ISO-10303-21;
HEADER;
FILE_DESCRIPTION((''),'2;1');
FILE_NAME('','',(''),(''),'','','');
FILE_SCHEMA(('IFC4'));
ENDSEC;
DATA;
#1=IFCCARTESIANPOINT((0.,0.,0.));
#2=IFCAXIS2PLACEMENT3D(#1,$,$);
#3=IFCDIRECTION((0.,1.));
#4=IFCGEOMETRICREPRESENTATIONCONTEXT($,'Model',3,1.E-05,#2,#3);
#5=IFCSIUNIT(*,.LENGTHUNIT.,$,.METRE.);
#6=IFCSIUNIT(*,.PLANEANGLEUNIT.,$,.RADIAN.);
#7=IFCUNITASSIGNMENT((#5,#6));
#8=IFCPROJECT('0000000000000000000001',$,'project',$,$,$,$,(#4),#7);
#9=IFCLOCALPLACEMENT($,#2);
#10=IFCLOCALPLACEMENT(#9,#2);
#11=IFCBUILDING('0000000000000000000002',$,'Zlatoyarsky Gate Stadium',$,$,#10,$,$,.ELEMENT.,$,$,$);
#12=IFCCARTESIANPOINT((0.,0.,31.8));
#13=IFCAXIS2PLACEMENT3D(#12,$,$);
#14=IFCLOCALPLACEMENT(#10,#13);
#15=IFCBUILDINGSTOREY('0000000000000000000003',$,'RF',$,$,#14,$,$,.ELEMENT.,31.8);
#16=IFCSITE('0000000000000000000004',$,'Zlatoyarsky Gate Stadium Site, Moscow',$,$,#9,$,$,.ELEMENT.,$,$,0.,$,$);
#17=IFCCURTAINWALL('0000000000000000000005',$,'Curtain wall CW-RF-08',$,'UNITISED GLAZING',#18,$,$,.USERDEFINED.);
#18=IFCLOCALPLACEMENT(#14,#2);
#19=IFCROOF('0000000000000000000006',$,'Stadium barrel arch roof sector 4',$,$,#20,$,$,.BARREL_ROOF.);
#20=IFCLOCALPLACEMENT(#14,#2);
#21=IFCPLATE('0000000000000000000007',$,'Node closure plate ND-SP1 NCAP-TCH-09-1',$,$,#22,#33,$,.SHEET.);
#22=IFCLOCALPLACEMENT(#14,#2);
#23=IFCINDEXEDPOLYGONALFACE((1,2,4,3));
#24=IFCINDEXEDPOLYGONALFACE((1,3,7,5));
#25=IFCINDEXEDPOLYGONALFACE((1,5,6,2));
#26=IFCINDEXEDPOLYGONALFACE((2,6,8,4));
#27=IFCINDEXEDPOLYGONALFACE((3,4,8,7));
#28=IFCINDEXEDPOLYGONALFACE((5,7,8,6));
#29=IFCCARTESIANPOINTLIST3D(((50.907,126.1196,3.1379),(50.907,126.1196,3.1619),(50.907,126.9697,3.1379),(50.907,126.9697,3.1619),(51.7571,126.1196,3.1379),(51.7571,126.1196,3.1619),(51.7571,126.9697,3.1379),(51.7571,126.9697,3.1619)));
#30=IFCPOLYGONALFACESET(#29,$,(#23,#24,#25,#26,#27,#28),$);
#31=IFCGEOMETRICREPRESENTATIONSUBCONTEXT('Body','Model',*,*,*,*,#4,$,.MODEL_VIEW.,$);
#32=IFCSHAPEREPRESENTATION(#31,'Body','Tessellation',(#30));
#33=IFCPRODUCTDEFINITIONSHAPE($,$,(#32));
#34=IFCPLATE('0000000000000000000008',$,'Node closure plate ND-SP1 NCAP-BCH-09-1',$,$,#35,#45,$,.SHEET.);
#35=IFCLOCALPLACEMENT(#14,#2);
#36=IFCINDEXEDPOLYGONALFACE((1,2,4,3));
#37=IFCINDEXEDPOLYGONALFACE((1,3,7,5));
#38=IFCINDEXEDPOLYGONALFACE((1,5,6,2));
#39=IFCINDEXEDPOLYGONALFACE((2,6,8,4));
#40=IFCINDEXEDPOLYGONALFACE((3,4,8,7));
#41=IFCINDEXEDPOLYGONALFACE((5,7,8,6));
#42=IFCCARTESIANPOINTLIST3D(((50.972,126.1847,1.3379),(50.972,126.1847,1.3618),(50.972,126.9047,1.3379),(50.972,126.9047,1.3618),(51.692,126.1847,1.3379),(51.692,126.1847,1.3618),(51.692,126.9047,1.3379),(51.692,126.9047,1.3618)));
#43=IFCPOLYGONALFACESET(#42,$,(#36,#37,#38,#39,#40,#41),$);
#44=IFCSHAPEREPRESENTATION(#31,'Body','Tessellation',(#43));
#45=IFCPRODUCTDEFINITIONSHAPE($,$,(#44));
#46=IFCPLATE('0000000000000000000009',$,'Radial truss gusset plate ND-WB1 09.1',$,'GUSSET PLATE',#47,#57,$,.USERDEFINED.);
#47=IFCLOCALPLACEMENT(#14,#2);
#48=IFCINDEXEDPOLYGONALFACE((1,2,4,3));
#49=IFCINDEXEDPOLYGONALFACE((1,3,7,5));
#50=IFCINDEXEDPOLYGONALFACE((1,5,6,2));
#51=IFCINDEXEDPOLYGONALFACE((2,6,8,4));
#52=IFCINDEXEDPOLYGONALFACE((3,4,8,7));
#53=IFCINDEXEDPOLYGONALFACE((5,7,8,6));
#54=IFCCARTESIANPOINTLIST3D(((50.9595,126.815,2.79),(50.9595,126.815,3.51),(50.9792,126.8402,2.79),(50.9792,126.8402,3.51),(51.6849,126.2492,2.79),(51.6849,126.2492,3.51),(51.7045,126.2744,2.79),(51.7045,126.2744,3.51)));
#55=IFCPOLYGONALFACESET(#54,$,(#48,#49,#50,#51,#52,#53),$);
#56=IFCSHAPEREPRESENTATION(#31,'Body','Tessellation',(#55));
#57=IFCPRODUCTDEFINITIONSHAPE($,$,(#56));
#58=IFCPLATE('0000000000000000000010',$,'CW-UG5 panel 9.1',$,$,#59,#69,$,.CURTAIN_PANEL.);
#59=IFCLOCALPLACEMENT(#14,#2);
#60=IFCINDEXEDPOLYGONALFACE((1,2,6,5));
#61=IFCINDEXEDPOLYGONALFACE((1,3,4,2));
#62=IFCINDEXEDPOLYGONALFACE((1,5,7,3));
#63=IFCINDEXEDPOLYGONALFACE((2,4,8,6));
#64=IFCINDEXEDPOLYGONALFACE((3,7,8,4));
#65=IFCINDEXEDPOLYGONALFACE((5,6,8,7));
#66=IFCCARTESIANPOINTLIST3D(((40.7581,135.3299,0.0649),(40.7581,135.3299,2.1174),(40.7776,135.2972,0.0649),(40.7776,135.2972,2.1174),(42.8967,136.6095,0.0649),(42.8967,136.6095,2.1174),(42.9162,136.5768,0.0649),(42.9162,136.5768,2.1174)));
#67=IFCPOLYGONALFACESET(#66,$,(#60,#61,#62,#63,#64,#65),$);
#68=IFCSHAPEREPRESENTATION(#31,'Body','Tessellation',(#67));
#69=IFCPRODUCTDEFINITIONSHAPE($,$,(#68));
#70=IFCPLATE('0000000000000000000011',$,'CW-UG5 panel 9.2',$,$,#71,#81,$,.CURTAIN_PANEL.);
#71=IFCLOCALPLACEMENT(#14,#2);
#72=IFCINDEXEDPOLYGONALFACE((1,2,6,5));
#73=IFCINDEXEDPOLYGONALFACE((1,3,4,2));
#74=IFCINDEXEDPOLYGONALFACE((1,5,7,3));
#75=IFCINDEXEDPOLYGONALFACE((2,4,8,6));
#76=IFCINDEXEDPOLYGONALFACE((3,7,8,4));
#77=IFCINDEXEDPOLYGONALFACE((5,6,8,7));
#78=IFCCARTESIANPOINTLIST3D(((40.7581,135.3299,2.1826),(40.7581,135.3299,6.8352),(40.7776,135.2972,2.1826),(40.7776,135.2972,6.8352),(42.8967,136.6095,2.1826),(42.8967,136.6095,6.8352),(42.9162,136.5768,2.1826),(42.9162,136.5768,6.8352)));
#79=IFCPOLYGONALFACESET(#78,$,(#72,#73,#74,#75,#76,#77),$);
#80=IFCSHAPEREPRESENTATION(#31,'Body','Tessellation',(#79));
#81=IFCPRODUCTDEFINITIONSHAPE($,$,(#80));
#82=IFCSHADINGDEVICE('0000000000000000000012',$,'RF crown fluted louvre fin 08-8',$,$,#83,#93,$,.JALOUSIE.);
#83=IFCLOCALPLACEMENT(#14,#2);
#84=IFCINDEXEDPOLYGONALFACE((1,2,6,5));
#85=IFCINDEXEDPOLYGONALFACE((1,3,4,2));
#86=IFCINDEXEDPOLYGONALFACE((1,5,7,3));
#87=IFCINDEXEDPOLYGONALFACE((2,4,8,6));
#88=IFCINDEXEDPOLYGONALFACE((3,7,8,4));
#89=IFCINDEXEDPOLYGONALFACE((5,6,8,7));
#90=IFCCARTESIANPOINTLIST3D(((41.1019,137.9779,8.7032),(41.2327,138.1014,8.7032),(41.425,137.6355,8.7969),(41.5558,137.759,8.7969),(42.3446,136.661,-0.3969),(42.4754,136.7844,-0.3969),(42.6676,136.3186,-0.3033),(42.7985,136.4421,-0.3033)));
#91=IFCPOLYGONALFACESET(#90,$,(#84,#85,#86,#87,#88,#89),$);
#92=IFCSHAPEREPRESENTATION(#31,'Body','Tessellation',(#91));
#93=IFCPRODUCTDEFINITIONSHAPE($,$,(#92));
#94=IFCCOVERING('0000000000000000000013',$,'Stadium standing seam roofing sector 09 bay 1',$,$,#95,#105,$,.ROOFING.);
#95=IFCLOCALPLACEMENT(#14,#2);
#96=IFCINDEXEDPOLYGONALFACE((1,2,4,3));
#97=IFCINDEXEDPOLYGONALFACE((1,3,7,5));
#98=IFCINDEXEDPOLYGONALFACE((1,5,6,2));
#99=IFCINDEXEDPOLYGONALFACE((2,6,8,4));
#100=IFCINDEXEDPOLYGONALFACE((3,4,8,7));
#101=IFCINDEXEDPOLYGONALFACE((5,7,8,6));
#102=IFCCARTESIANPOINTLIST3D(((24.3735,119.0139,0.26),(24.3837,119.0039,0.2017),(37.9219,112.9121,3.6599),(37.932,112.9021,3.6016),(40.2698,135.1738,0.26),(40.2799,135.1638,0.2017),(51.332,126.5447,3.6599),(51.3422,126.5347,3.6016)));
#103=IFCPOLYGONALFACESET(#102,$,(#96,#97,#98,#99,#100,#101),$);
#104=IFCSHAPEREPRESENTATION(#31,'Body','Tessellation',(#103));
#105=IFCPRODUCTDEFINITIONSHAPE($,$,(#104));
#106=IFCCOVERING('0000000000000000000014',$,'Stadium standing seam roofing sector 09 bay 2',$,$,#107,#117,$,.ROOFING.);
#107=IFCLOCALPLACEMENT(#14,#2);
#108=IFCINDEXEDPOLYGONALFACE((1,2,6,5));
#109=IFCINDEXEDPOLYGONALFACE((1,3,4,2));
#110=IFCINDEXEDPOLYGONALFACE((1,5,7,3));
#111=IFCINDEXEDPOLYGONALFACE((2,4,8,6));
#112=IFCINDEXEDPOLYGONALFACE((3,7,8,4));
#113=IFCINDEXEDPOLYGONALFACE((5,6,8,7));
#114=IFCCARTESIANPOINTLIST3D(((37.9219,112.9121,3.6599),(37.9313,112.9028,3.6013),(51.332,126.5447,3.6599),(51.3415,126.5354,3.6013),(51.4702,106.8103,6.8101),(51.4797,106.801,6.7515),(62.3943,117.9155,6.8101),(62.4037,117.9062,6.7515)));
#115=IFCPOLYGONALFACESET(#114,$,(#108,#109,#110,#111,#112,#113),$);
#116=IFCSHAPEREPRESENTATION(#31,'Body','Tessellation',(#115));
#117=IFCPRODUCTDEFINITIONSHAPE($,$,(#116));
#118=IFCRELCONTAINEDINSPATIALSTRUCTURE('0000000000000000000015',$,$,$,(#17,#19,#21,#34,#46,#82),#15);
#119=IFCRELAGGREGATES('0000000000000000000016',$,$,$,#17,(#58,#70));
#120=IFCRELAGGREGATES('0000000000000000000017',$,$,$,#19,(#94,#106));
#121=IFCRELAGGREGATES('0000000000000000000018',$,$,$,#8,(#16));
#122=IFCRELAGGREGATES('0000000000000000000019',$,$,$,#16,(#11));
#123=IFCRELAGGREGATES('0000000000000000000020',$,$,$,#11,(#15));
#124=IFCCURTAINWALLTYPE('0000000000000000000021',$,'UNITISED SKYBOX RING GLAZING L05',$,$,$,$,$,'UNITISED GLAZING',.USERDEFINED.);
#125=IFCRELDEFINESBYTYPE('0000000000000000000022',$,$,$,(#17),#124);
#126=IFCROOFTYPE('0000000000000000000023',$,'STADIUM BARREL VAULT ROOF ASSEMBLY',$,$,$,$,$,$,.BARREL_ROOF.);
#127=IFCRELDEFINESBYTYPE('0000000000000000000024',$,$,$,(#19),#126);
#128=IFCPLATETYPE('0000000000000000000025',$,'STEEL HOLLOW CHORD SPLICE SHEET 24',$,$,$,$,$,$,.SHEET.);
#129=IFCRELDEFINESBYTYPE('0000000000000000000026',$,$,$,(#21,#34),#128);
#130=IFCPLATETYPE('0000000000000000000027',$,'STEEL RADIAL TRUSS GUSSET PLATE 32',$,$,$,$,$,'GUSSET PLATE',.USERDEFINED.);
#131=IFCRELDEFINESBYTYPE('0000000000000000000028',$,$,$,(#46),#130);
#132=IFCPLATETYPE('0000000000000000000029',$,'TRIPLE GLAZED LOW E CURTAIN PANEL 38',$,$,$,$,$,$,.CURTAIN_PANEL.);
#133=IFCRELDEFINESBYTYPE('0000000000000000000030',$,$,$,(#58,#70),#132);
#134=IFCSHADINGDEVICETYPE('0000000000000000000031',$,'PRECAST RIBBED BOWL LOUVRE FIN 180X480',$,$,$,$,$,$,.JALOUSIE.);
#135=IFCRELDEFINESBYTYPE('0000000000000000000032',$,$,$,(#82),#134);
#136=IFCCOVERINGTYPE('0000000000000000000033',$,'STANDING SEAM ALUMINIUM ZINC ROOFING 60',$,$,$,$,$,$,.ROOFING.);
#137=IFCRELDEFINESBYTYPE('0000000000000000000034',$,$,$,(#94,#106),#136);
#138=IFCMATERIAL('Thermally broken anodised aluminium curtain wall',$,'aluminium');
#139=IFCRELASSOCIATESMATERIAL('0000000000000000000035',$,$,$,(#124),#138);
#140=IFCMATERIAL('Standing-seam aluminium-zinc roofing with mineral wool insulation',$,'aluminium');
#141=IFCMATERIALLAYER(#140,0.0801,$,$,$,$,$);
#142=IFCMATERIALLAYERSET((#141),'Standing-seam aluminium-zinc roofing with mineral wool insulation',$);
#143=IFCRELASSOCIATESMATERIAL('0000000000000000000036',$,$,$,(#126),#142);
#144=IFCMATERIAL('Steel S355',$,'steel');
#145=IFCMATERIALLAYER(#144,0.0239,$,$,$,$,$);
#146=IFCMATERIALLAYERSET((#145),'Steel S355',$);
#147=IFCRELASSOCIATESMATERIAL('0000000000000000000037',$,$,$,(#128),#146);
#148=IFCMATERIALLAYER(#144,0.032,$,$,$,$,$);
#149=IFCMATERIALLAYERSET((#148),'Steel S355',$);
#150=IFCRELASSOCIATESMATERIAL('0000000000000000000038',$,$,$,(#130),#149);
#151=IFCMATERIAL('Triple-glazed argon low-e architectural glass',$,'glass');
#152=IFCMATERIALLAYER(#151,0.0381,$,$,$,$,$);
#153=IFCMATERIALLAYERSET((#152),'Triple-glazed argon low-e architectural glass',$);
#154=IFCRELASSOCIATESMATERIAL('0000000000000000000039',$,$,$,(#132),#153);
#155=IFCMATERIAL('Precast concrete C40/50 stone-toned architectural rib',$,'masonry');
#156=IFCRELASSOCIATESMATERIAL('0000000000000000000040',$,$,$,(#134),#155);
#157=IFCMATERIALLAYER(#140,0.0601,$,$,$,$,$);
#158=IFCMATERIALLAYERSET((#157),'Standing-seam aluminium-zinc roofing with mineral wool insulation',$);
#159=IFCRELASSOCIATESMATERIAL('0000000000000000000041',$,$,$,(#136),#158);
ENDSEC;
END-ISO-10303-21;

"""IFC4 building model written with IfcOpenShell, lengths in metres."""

from ifc_helpers import new_model, si_unit, direction, frame, origin, origin_2d, place, context, subcontext, project, spatial, polyline, rectangle, outline, extrude, material, layer, layer_set, material_profile, profile_set, type_object, element, aggregate, save


model = new_model("IFC4")

# Units and contexts
model_context = context("Model", 3, precision=1e-05, world=origin(), true_north=direction((0.0, 1.0)))
body_context = subcontext(model_context, "Body", "Model", "MODEL_VIEW")
ifc_project = project(units=[si_unit("LENGTHUNIT", "METRE"), si_unit("PLANEANGLEUNIT", "RADIAN")], contexts=[model_context])

# Site, building, storey
site_placement = place(None, origin())
site = spatial("IfcSite", under=ifc_project, at=site_placement, Name="Zlatoyarsky Gate Stadium Site, Moscow", CompositionType="ELEMENT", RefElevation=0.0)
building_placement = place(site_placement, origin())
building = spatial("IfcBuilding", under=site, at=building_placement, Name="Zlatoyarsky Gate Stadium", CompositionType="ELEMENT")
storey_placement = place(building_placement, frame((0.0, 0.0, 31.8)))
storey = spatial("IfcBuildingStorey", under=building, at=storey_placement, Name="RF", CompositionType="ELEMENT", Elevation=31.8)

# Curtain wall
ifc_material_1 = material(Name="Thermally broken anodised aluminium curtain wall", Category="aluminium")
curtain_wall_type = type_object("IfcCurtainWallType", Name="UNITISED SKYBOX RING GLAZING L05", ElementType="UNITISED GLAZING", PredefinedType="USERDEFINED", material=ifc_material_1)
curtain_wall_placement = place(storey_placement, origin())
curtain_wall = element("IfcCurtainWall", 1, at=curtain_wall_placement, inside=storey, type_object=curtain_wall_type, Name="Curtain wall CW-RF-08", ObjectType="UNITISED GLAZING", PredefinedType="USERDEFINED")

# Shared definitions
ifc_material_2 = material(Name="Steel S355", Category="steel")

# Roof
ifc_material_3 = material(Name="Standing-seam aluminium-zinc roofing with mineral wool insulation", Category="aluminium")
ifc_layer_1 = layer(ifc_material_3, 0.0801)
ifc_layer_set_1 = layer_set([ifc_layer_1], Name="Standing-seam aluminium-zinc roofing with mineral wool insulation")
roof_type = type_object("IfcRoofType", Name="STADIUM BARREL VAULT ROOF ASSEMBLY", PredefinedType="BARREL_ROOF", material=ifc_layer_set_1)
roof_placement = place(storey_placement, origin())
roof = element("IfcRoof", 2, at=roof_placement, inside=storey, type_object=roof_type, Name="Stadium barrel arch roof sector 4", PredefinedType="BARREL_ROOF")

# Plates
ifc_layer_2 = layer(ifc_material_2, 0.0239)
ifc_layer_set_2 = layer_set([ifc_layer_2], Name="Steel S355")
plate_type_1 = type_object("IfcPlateType", Name="STEEL HOLLOW CHORD SPLICE SHEET 24", PredefinedType="SHEET", material=ifc_layer_set_2)
plate_1_placement = place(storey_placement, frame((51.332, 126.5447, 3.1379), z_axis=(0.0, 0.0, 1.0), x_axis=(1.0, 0.0, 0.0)))
element("IfcPlate", 3, at=plate_1_placement, inside=storey, type_object=plate_type_1, Name="Node closure plate ND-SP1 NCAP-TCH-09-1", PredefinedType="SHEET", context=body_context, shape_type="SweptSolid", body=[
    extrude(rectangle(XDim=0.8501, YDim=0.8501, at=origin_2d()), origin(), (0.0, 0.0, 1.0), 0.0239),
])
plate_2_placement = place(storey_placement, frame((51.332, 126.5447, 1.3379), z_axis=(0.0, 0.0, 1.0), x_axis=(1.0, 0.0, 0.0)))
element("IfcPlate", 4, at=plate_2_placement, inside=storey, type_object=plate_type_1, Name="Node closure plate ND-SP1 NCAP-BCH-09-1", PredefinedType="SHEET", context=body_context, shape_type="SweptSolid", body=[
    extrude(rectangle(XDim=0.72, YDim=0.72, at=origin_2d()), origin(), (0.0, 0.0, 1.0), 0.0239),
])
ifc_layer_3 = layer(ifc_material_2, 0.032)
ifc_layer_set_3 = layer_set([ifc_layer_3], Name="Steel S355")
plate_type_2 = type_object("IfcPlateType", Name="STEEL RADIAL TRUSS GUSSET PLATE 32", ElementType="GUSSET PLATE", PredefinedType="USERDEFINED", material=ifc_layer_set_3)
plate_3_placement = place(storey_placement, frame((51.332, 126.5447, 2.79), z_axis=(0.0, 0.0, 1.0), x_axis=(0.788479, -0.615062, 0.0)))
element("IfcPlate", 5, at=plate_3_placement, inside=storey, type_object=plate_type_2, Name="Radial truss gusset plate ND-WB1 09.1", ObjectType="GUSSET PLATE", PredefinedType="USERDEFINED", context=body_context, shape_type="SweptSolid", body=[
    extrude(rectangle(XDim=0.9199, YDim=0.032, at=origin_2d()), origin(), (0.0, 0.0, 1.0), 0.72),
])

# Plates
ifc_material_4 = material(Name="Triple-glazed argon low-e architectural glass", Category="glass")
ifc_layer_4 = layer(ifc_material_4, 0.0381)
ifc_layer_set_4 = layer_set([ifc_layer_4], Name="Triple-glazed argon low-e architectural glass")
plate_type_3 = type_object("IfcPlateType", Name="TRIPLE GLAZED LOW E CURTAIN PANEL 38", PredefinedType="CURTAIN_PANEL", material=ifc_layer_set_4)
plate_4_placement = place(storey_placement, frame((41.8372, 135.9534, 0.0649), z_axis=(0.0, 0.0, 1.0), x_axis=(-0.858128, -0.513436, 0.0)))
plate_4 = element("IfcPlate", 6, at=plate_4_placement, type_object=plate_type_3, Name="CW-UG5 panel 9.1", PredefinedType="CURTAIN_PANEL", context=body_context, shape_type="SweptSolid", body=[
    extrude(rectangle(XDim=2.4922, YDim=0.0381, at=origin_2d()), origin(), (0.0, 0.0, 1.0), 2.0525),
])
plate_5_placement = place(storey_placement, frame((41.8372, 135.9534, 2.1826), z_axis=(0.0, 0.0, 1.0), x_axis=(-0.858128, -0.513436, 0.0)))
plate_5 = element("IfcPlate", 7, at=plate_5_placement, type_object=plate_type_3, Name="CW-UG5 panel 9.2", PredefinedType="CURTAIN_PANEL", context=body_context, shape_type="SweptSolid", body=[
    extrude(rectangle(XDim=2.4922, YDim=0.0381, at=origin_2d()), origin(), (0.0, 0.0, 1.0), 4.6526),
])
aggregate(curtain_wall, [plate_4, plate_5])

# Shading device
ifc_material_5 = material(Name="Precast concrete C40/50 stone-toned architectural rib", Category="masonry")
ifc_material_profile_1 = material_profile(ifc_material_5, rectangle(XDim=0.1799, YDim=0.48, at=origin_2d()), Name="RIB 180X480")
ifc_profile_set_1 = profile_set([ifc_material_profile_1], Name="Precast concrete C40/50 stone-toned architectural rib")
shading_device_type = type_object("IfcShadingDeviceType", Name="PRECAST RIBBED BOWL LOUVRE FIN 180X480", PredefinedType="JALOUSIE", material=ifc_profile_set_1)
shading_device_placement = place(storey_placement, frame((42.5715, 136.5515, -0.3501), z_axis=(-0.133931, 0.14193, 0.980774), x_axis=(-0.727305, -0.686315, 0.0)))
element("IfcShadingDevice", 8, at=shading_device_placement, inside=storey, type_object=shading_device_type, Name="RF crown fluted louvre fin 08-8", PredefinedType="JALOUSIE", context=body_context, shape_type="SweptSolid", body=[
    extrude(rectangle(XDim=0.1799, YDim=0.48, at=origin_2d()), origin(), (0.0, 0.0, 1.0), 9.2786),
])

# Coverings
ifc_layer_5 = layer(ifc_material_3, 0.0601)
ifc_layer_set_5 = layer_set([ifc_layer_5], Name="Standing-seam aluminium-zinc roofing with mineral wool insulation")
covering_type = type_object("IfcCoveringType", Name="STANDING SEAM ALUMINIUM ZINC ROOFING 60", PredefinedType="ROOFING", material=ifc_layer_set_5)
covering_1_placement = place(storey_placement, frame((40.2698, 135.1738, 0.26), z_axis=(-0.168949, 0.166192, 0.971513), x_axis=(-0.701267, -0.712899, 0.0)))
covering_1 = element("IfcCovering", 9, at=covering_1_placement, type_object=covering_type, Name="Stadium standing seam roofing sector 09 bay 1", PredefinedType="ROOFING", context=body_context, shape_type="SweptSolid", body=[
    extrude(outline(polyline([(0.0, 0.0), (22.6679, 0.0), (17.5169, 14.3463), (-1.6059, 14.3463), (0.0, 0.0)])), origin(), (0.0, 0.0, -1.0), 0.0601),
])
covering_2_placement = place(storey_placement, frame((51.332, 126.5447, 3.6599), z_axis=(-0.157163, 0.1546, 0.975397), x_axis=(-0.701268, -0.712898, 0.0)))
covering_2 = element("IfcCovering", 10, at=covering_2_placement, type_object=covering_type, Name="Stadium standing seam roofing sector 09 bay 2", PredefinedType="ROOFING", context=body_context, shape_type="SweptSolid", body=[
    extrude(outline(polyline([(0.0, 0.0), (19.1227, 0.0), (13.9717, 14.2891), (-1.6059, 14.2892), (0.0, 0.0)])), origin(), (0.0, 0.0, -1.0), 0.0601),
])
aggregate(roof, [covering_1, covering_2])

save(model, "model.ifc")
